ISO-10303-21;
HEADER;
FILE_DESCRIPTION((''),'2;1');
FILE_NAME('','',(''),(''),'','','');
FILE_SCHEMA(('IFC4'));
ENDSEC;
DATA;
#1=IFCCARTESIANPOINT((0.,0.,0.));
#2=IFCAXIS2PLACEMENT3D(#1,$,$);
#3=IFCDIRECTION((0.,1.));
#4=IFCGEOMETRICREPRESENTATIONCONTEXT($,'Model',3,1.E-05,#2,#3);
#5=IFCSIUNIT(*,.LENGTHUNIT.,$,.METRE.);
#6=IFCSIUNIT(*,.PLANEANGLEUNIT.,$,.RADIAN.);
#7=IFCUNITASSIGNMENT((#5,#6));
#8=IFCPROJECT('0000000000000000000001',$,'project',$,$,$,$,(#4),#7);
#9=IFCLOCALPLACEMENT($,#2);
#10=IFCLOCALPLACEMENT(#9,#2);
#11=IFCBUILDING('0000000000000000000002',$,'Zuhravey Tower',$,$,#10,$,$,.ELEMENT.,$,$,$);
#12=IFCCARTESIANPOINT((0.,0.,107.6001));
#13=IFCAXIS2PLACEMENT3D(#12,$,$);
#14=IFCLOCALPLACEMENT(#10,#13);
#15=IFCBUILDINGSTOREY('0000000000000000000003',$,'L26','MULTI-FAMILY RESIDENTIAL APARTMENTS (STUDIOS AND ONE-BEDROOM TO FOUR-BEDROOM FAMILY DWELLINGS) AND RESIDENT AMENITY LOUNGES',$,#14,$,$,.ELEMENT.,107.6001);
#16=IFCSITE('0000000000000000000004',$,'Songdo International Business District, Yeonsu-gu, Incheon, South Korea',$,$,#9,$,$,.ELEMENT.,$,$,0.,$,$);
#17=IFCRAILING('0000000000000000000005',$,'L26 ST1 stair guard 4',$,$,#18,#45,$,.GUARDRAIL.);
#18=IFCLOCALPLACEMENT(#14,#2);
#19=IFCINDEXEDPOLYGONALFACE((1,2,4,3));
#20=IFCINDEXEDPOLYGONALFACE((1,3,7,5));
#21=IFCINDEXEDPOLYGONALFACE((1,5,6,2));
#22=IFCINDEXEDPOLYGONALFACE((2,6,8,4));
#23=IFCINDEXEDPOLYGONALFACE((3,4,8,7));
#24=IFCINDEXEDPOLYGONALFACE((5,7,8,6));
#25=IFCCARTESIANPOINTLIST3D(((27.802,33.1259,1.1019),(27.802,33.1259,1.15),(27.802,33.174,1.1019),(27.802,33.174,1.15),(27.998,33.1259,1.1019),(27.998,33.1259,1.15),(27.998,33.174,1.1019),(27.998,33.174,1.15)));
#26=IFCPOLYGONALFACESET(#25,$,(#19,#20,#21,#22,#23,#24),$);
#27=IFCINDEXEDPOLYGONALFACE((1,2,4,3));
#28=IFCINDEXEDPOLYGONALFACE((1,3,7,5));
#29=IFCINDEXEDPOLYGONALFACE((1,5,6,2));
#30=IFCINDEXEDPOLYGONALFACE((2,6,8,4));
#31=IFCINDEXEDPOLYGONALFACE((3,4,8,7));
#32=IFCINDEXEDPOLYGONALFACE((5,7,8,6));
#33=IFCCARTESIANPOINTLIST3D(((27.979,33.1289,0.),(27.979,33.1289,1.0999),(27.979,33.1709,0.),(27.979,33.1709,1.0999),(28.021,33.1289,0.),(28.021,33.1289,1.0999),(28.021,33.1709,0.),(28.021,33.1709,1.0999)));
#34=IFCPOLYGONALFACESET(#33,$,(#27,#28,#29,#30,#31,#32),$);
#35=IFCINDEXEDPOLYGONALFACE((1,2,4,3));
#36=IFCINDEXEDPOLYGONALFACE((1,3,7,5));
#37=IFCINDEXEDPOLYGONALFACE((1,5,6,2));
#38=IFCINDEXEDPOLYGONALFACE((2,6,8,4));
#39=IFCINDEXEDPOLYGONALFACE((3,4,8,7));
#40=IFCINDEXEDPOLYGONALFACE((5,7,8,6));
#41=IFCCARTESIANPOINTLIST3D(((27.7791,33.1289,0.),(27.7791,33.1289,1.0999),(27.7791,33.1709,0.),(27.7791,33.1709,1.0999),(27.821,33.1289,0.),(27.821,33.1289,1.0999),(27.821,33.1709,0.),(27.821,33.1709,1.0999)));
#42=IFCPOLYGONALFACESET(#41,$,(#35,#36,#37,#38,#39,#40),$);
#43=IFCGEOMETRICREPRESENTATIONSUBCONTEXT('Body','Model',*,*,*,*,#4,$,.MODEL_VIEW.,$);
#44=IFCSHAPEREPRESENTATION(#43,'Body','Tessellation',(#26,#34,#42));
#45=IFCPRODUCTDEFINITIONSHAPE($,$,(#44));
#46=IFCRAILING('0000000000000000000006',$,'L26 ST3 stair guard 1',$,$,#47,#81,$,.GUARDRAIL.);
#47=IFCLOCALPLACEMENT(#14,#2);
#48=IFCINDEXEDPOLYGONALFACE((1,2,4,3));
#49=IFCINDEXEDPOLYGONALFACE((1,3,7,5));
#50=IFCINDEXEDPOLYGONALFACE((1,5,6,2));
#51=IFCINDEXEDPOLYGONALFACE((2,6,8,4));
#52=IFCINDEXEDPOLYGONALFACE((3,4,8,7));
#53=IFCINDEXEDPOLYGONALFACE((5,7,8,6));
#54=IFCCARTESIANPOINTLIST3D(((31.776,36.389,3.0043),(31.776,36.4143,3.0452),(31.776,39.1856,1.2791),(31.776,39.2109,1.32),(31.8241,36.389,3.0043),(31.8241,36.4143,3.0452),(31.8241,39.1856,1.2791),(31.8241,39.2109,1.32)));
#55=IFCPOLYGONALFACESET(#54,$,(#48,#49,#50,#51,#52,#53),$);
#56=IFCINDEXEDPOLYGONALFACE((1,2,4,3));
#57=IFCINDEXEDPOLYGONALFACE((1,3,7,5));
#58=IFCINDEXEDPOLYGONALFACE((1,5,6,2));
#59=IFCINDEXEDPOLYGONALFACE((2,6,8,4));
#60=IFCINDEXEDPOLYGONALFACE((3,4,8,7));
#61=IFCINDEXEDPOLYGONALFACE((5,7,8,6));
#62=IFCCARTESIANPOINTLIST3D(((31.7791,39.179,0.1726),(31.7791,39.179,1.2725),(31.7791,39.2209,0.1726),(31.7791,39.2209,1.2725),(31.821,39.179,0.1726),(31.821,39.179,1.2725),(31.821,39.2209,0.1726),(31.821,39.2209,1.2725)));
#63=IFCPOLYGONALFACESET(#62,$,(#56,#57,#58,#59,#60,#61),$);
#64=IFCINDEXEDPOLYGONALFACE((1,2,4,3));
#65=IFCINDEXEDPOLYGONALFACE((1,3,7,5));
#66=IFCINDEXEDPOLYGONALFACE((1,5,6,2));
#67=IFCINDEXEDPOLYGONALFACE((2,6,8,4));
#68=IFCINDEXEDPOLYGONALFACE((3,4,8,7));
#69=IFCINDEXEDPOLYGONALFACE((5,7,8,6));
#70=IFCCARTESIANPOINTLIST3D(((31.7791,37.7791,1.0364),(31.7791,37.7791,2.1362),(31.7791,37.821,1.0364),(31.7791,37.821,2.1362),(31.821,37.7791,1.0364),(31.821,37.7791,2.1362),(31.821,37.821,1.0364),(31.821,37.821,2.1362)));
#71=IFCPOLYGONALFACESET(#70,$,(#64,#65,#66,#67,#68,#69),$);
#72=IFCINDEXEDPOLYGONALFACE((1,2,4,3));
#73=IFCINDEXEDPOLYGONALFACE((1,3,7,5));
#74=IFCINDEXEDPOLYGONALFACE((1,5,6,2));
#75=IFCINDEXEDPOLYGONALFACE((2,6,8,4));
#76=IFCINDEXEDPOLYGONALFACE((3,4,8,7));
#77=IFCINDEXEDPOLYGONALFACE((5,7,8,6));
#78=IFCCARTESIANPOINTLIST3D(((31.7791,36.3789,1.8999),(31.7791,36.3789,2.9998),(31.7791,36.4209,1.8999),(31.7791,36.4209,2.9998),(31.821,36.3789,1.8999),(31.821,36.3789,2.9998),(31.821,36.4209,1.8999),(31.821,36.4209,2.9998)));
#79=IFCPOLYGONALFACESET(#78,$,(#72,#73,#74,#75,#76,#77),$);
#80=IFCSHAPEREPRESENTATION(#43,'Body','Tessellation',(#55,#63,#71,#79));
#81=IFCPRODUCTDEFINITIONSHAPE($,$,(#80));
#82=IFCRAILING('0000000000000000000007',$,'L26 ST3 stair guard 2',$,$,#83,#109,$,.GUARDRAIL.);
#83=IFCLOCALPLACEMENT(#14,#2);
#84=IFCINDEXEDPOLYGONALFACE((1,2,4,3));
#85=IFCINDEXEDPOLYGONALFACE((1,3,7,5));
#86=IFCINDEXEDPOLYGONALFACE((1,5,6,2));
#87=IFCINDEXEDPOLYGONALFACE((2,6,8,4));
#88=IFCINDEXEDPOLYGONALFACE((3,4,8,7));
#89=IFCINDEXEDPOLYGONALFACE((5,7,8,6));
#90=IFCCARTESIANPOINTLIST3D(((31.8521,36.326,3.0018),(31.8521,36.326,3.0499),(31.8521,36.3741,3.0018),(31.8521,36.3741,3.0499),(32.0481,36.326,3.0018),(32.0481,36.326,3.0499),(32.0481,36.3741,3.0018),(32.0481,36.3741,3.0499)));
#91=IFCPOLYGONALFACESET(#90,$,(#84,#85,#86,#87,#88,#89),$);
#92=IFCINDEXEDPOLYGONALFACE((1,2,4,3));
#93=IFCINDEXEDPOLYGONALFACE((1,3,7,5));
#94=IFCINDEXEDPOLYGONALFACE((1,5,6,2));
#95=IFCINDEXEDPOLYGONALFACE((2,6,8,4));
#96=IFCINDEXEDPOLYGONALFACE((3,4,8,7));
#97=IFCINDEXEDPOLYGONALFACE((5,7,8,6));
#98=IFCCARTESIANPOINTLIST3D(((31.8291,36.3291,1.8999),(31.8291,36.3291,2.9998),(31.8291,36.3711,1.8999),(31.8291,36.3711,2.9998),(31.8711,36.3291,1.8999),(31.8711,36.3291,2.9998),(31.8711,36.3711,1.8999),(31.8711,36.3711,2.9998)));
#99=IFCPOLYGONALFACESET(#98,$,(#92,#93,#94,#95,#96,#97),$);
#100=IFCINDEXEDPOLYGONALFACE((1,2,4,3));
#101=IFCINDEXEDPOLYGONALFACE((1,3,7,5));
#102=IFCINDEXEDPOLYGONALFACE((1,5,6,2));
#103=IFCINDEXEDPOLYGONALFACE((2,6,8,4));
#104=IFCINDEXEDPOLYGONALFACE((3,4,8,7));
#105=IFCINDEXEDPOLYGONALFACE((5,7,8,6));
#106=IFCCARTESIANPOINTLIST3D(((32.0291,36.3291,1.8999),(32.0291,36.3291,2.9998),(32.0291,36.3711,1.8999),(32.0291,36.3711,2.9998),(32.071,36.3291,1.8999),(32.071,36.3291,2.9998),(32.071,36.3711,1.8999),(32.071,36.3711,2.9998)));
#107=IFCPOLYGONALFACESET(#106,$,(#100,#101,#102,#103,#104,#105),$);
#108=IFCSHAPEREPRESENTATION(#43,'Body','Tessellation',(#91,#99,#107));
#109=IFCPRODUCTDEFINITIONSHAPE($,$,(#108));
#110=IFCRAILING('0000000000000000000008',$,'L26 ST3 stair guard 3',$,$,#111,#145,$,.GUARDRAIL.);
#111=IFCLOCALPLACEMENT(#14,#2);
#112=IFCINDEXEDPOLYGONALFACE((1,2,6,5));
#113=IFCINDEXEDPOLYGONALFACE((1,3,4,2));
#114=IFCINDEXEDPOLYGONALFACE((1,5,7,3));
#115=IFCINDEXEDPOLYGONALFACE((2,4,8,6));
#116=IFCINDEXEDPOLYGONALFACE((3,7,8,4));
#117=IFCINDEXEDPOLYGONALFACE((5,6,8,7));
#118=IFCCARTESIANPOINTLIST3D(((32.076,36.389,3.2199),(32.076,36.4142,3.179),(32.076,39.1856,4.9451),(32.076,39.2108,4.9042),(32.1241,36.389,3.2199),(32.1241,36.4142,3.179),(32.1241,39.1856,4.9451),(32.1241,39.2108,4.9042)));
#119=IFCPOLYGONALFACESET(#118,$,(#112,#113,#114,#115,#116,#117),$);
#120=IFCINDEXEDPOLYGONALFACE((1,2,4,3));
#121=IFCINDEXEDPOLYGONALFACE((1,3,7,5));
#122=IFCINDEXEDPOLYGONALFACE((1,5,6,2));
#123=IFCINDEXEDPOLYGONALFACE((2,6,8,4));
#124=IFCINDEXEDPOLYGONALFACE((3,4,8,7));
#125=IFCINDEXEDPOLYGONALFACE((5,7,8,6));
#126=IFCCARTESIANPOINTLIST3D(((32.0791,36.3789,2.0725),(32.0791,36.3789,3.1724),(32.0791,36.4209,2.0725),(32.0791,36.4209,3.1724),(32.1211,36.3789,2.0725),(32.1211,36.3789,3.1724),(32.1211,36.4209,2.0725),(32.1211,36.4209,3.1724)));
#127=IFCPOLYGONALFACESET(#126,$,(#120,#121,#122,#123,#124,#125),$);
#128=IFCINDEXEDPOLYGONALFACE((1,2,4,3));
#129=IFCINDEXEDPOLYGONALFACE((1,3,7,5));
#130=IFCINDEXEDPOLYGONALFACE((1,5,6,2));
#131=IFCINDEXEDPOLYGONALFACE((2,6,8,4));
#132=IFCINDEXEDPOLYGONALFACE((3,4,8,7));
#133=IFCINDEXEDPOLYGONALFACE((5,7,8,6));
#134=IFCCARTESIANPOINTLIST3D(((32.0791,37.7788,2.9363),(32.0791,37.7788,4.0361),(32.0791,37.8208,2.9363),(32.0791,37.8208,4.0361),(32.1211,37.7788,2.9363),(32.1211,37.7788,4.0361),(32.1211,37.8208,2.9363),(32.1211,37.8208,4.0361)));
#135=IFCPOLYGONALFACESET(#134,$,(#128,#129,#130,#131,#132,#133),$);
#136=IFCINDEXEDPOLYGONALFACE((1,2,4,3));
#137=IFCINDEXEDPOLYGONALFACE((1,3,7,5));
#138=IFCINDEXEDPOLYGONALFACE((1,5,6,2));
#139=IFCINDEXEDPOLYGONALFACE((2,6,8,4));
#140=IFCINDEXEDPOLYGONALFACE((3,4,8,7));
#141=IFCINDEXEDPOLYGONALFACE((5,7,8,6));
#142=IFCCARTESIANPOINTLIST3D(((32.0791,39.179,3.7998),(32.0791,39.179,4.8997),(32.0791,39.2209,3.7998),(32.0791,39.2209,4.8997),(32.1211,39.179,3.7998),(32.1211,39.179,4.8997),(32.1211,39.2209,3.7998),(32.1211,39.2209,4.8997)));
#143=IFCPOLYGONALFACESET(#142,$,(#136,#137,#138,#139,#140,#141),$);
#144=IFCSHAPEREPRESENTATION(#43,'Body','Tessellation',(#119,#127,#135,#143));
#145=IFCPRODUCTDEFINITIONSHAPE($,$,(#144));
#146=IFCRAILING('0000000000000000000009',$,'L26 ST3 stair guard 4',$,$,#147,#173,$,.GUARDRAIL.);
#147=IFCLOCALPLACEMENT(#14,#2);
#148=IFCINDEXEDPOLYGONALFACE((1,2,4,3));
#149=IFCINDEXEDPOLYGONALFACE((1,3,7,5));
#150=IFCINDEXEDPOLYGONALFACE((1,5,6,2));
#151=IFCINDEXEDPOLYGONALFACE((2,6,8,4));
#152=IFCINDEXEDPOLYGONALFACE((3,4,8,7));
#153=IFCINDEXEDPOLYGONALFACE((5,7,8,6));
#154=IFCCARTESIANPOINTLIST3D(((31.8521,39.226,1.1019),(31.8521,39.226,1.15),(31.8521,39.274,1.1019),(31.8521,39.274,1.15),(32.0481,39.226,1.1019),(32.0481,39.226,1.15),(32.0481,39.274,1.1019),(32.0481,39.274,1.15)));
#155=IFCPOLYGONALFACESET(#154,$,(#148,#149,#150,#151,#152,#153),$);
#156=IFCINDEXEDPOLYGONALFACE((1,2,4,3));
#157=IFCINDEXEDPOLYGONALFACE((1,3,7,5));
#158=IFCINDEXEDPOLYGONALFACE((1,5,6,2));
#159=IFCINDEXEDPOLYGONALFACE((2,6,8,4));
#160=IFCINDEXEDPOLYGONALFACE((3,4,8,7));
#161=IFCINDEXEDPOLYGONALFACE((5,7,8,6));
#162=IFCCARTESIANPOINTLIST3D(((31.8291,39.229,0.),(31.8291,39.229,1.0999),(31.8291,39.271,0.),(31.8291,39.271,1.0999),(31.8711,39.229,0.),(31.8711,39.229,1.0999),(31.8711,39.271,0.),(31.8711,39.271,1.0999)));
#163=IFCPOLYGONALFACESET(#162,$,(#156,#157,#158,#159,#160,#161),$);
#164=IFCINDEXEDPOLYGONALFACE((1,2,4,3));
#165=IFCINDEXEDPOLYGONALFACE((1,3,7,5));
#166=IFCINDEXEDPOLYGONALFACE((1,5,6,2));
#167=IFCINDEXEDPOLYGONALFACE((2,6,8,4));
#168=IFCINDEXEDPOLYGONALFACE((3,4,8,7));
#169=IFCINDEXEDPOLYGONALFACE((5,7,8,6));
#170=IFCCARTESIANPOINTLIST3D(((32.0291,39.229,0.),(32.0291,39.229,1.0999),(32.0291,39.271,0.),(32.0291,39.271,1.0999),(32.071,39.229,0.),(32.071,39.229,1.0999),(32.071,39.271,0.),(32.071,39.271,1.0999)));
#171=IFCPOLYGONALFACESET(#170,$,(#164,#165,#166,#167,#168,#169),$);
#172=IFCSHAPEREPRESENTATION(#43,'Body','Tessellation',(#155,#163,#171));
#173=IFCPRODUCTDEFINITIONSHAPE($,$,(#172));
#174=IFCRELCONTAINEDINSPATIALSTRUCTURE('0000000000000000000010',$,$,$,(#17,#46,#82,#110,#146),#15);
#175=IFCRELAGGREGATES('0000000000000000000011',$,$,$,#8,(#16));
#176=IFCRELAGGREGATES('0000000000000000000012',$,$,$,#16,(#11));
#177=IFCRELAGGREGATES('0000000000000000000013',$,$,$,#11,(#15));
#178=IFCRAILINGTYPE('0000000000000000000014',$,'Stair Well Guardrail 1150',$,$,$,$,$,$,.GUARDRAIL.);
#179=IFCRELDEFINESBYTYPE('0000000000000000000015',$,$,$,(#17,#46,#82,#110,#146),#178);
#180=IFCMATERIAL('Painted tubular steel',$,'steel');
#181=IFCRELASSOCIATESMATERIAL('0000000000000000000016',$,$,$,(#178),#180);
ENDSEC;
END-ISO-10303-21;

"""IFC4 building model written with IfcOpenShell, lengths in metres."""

from ifc_helpers import new_model, si_unit, direction, frame, origin, origin_2d, place, context, subcontext, project, spatial, rectangle, extrude, material, type_object, element, save


model = new_model("IFC4")

# Units and contexts
model_context = context("Model", 3, precision=1e-05, world=origin(), true_north=direction((0.0, 1.0)))
body_context = subcontext(model_context, "Body", "Model", "MODEL_VIEW")
ifc_project = project(units=[si_unit("LENGTHUNIT", "METRE"), si_unit("PLANEANGLEUNIT", "RADIAN")], contexts=[model_context])

# Site, building, storey
site_placement = place(None, origin())
site = spatial("IfcSite", under=ifc_project, at=site_placement, Name="Songdo International Business District, Yeonsu-gu, Incheon, South Korea", CompositionType="ELEMENT", RefElevation=0.0)
building_placement = place(site_placement, origin())
building = spatial("IfcBuilding", under=site, at=building_placement, Name="Zuhravey Tower", CompositionType="ELEMENT")
storey_placement = place(building_placement, frame((0.0, 0.0, 107.6001)))
storey = spatial("IfcBuildingStorey", under=building, at=storey_placement, Name="L26", Description="MULTI-FAMILY RESIDENTIAL APARTMENTS (STUDIOS AND ONE-BEDROOM TO FOUR-BEDROOM FAMILY DWELLINGS) AND RESIDENT AMENITY LOUNGES", CompositionType="ELEMENT", Elevation=107.6001)

# Railings
ifc_material_1 = material(Name="Painted tubular steel", Category="steel")
railing_type_1 = type_object("IfcRailingType", Name="Stair Well Guardrail 1150", PredefinedType="GUARDRAIL", material=ifc_material_1)
railing_1_placement = place(storey_placement, frame((28.0, 33.1499, 0.0)))
element("IfcRailing", 1, at=railing_1_placement, inside=storey, type_object=railing_type_1, Name="L26 ST1 stair guard 4", PredefinedType="GUARDRAIL", context=body_context, shape_type="SweptSolid", body=[
    extrude(rectangle(XDim=0.0481, YDim=0.0481, at=origin_2d()), frame((-0.002, 0.0, 1.126), z_axis=(-1.0, 0.0, 0.0), x_axis=(0.0, -1.0, 0.0)), (0.0, 0.0, 1.0), 0.196),
    extrude(rectangle(XDim=0.042, YDim=0.042, at=origin_2d()), origin(), (0.0, 0.0, 1.0), 1.0999),
    extrude(rectangle(XDim=0.042, YDim=0.042, at=origin_2d()), frame((-0.2, 0.0, 0.0)), (0.0, 0.0, 1.0), 1.0999),
])
railing_2_placement = place(storey_placement, frame((31.8, 39.2, 0.1726)))
element("IfcRailing", 2, at=railing_2_placement, inside=storey, type_object=railing_type_1, Name="L26 ST3 stair guard 1", PredefinedType="GUARDRAIL", context=body_context, shape_type="SweptSolid", body=[
    extrude(rectangle(XDim=0.0481, YDim=0.0481, at=origin_2d()), frame((0.0, -0.0017, 1.127), z_axis=(0.0, -0.85109, 0.52502), x_axis=(1.0, 0.0, 0.0)), (0.0, 0.0, 1.0), 3.2859),
    extrude(rectangle(XDim=0.042, YDim=0.042, at=origin_2d()), origin(), (0.0, 0.0, 1.0), 1.0999),
    extrude(rectangle(XDim=0.042, YDim=0.042, at=origin_2d()), frame((0.0, -1.3999, 0.8638)), (0.0, 0.0, 1.0), 1.0999),
    extrude(rectangle(XDim=0.042, YDim=0.042, at=origin_2d()), frame((0.0, -2.8, 1.7273)), (0.0, 0.0, 1.0), 1.0999),
])
railing_3_placement = place(storey_placement, frame((31.8501, 36.3501, 1.8999)))
element("IfcRailing", 3, at=railing_3_placement, inside=storey, type_object=railing_type_1, Name="L26 ST3 stair guard 2", PredefinedType="GUARDRAIL", context=body_context, shape_type="SweptSolid", body=[
    extrude(rectangle(XDim=0.0481, YDim=0.0481, at=origin_2d()), frame((0.002, 0.0, 1.126), z_axis=(1.0, 0.0, 0.0), x_axis=(0.0, 1.0, 0.0)), (0.0, 0.0, 1.0), 0.196),
    extrude(rectangle(XDim=0.042, YDim=0.042, at=origin_2d()), origin(), (0.0, 0.0, 1.0), 1.0999),
    extrude(rectangle(XDim=0.042, YDim=0.042, at=origin_2d()), frame((0.2, 0.0, 0.0)), (0.0, 0.0, 1.0), 1.0999),
])
railing_4_placement = place(storey_placement, frame((32.1001, 36.3999, 2.0725)))
element("IfcRailing", 4, at=railing_4_placement, inside=storey, type_object=railing_type_1, Name="L26 ST3 stair guard 3", PredefinedType="GUARDRAIL", context=body_context, shape_type="SweptSolid", body=[
    extrude(rectangle(XDim=0.0481, YDim=0.0481, at=origin_2d()), frame((0.0, 0.0017, 1.127), z_axis=(0.0, 0.85109, 0.52502), x_axis=(-1.0, 0.0, 0.0)), (0.0, 0.0, 1.0), 3.2859),
    extrude(rectangle(XDim=0.042, YDim=0.042, at=origin_2d()), origin(), (0.0, 0.0, 1.0), 1.0999),
    extrude(rectangle(XDim=0.042, YDim=0.042, at=origin_2d()), frame((0.0, 1.3999, 0.8638)), (0.0, 0.0, 1.0), 1.0999),
    extrude(rectangle(XDim=0.042, YDim=0.042, at=origin_2d()), frame((0.0, 2.8, 1.7273)), (0.0, 0.0, 1.0), 1.0999),
])
railing_5_placement = place(storey_placement, frame((31.8501, 39.25, 0.0)))
element("IfcRailing", 5, at=railing_5_placement, inside=storey, type_object=railing_type_1, Name="L26 ST3 stair guard 4", PredefinedType="GUARDRAIL", context=body_context, shape_type="SweptSolid", body=[
    extrude(rectangle(XDim=0.0481, YDim=0.0481, at=origin_2d()), frame((0.002, 0.0, 1.126), z_axis=(1.0, 0.0, 0.0), x_axis=(0.0, 1.0, 0.0)), (0.0, 0.0, 1.0), 0.196),
    extrude(rectangle(XDim=0.042, YDim=0.042, at=origin_2d()), origin(), (0.0, 0.0, 1.0), 1.0999),
    extrude(rectangle(XDim=0.042, YDim=0.042, at=origin_2d()), frame((0.2, 0.0, 0.0)), (0.0, 0.0, 1.0), 1.0999),
])

save(model, "model.ifc")
